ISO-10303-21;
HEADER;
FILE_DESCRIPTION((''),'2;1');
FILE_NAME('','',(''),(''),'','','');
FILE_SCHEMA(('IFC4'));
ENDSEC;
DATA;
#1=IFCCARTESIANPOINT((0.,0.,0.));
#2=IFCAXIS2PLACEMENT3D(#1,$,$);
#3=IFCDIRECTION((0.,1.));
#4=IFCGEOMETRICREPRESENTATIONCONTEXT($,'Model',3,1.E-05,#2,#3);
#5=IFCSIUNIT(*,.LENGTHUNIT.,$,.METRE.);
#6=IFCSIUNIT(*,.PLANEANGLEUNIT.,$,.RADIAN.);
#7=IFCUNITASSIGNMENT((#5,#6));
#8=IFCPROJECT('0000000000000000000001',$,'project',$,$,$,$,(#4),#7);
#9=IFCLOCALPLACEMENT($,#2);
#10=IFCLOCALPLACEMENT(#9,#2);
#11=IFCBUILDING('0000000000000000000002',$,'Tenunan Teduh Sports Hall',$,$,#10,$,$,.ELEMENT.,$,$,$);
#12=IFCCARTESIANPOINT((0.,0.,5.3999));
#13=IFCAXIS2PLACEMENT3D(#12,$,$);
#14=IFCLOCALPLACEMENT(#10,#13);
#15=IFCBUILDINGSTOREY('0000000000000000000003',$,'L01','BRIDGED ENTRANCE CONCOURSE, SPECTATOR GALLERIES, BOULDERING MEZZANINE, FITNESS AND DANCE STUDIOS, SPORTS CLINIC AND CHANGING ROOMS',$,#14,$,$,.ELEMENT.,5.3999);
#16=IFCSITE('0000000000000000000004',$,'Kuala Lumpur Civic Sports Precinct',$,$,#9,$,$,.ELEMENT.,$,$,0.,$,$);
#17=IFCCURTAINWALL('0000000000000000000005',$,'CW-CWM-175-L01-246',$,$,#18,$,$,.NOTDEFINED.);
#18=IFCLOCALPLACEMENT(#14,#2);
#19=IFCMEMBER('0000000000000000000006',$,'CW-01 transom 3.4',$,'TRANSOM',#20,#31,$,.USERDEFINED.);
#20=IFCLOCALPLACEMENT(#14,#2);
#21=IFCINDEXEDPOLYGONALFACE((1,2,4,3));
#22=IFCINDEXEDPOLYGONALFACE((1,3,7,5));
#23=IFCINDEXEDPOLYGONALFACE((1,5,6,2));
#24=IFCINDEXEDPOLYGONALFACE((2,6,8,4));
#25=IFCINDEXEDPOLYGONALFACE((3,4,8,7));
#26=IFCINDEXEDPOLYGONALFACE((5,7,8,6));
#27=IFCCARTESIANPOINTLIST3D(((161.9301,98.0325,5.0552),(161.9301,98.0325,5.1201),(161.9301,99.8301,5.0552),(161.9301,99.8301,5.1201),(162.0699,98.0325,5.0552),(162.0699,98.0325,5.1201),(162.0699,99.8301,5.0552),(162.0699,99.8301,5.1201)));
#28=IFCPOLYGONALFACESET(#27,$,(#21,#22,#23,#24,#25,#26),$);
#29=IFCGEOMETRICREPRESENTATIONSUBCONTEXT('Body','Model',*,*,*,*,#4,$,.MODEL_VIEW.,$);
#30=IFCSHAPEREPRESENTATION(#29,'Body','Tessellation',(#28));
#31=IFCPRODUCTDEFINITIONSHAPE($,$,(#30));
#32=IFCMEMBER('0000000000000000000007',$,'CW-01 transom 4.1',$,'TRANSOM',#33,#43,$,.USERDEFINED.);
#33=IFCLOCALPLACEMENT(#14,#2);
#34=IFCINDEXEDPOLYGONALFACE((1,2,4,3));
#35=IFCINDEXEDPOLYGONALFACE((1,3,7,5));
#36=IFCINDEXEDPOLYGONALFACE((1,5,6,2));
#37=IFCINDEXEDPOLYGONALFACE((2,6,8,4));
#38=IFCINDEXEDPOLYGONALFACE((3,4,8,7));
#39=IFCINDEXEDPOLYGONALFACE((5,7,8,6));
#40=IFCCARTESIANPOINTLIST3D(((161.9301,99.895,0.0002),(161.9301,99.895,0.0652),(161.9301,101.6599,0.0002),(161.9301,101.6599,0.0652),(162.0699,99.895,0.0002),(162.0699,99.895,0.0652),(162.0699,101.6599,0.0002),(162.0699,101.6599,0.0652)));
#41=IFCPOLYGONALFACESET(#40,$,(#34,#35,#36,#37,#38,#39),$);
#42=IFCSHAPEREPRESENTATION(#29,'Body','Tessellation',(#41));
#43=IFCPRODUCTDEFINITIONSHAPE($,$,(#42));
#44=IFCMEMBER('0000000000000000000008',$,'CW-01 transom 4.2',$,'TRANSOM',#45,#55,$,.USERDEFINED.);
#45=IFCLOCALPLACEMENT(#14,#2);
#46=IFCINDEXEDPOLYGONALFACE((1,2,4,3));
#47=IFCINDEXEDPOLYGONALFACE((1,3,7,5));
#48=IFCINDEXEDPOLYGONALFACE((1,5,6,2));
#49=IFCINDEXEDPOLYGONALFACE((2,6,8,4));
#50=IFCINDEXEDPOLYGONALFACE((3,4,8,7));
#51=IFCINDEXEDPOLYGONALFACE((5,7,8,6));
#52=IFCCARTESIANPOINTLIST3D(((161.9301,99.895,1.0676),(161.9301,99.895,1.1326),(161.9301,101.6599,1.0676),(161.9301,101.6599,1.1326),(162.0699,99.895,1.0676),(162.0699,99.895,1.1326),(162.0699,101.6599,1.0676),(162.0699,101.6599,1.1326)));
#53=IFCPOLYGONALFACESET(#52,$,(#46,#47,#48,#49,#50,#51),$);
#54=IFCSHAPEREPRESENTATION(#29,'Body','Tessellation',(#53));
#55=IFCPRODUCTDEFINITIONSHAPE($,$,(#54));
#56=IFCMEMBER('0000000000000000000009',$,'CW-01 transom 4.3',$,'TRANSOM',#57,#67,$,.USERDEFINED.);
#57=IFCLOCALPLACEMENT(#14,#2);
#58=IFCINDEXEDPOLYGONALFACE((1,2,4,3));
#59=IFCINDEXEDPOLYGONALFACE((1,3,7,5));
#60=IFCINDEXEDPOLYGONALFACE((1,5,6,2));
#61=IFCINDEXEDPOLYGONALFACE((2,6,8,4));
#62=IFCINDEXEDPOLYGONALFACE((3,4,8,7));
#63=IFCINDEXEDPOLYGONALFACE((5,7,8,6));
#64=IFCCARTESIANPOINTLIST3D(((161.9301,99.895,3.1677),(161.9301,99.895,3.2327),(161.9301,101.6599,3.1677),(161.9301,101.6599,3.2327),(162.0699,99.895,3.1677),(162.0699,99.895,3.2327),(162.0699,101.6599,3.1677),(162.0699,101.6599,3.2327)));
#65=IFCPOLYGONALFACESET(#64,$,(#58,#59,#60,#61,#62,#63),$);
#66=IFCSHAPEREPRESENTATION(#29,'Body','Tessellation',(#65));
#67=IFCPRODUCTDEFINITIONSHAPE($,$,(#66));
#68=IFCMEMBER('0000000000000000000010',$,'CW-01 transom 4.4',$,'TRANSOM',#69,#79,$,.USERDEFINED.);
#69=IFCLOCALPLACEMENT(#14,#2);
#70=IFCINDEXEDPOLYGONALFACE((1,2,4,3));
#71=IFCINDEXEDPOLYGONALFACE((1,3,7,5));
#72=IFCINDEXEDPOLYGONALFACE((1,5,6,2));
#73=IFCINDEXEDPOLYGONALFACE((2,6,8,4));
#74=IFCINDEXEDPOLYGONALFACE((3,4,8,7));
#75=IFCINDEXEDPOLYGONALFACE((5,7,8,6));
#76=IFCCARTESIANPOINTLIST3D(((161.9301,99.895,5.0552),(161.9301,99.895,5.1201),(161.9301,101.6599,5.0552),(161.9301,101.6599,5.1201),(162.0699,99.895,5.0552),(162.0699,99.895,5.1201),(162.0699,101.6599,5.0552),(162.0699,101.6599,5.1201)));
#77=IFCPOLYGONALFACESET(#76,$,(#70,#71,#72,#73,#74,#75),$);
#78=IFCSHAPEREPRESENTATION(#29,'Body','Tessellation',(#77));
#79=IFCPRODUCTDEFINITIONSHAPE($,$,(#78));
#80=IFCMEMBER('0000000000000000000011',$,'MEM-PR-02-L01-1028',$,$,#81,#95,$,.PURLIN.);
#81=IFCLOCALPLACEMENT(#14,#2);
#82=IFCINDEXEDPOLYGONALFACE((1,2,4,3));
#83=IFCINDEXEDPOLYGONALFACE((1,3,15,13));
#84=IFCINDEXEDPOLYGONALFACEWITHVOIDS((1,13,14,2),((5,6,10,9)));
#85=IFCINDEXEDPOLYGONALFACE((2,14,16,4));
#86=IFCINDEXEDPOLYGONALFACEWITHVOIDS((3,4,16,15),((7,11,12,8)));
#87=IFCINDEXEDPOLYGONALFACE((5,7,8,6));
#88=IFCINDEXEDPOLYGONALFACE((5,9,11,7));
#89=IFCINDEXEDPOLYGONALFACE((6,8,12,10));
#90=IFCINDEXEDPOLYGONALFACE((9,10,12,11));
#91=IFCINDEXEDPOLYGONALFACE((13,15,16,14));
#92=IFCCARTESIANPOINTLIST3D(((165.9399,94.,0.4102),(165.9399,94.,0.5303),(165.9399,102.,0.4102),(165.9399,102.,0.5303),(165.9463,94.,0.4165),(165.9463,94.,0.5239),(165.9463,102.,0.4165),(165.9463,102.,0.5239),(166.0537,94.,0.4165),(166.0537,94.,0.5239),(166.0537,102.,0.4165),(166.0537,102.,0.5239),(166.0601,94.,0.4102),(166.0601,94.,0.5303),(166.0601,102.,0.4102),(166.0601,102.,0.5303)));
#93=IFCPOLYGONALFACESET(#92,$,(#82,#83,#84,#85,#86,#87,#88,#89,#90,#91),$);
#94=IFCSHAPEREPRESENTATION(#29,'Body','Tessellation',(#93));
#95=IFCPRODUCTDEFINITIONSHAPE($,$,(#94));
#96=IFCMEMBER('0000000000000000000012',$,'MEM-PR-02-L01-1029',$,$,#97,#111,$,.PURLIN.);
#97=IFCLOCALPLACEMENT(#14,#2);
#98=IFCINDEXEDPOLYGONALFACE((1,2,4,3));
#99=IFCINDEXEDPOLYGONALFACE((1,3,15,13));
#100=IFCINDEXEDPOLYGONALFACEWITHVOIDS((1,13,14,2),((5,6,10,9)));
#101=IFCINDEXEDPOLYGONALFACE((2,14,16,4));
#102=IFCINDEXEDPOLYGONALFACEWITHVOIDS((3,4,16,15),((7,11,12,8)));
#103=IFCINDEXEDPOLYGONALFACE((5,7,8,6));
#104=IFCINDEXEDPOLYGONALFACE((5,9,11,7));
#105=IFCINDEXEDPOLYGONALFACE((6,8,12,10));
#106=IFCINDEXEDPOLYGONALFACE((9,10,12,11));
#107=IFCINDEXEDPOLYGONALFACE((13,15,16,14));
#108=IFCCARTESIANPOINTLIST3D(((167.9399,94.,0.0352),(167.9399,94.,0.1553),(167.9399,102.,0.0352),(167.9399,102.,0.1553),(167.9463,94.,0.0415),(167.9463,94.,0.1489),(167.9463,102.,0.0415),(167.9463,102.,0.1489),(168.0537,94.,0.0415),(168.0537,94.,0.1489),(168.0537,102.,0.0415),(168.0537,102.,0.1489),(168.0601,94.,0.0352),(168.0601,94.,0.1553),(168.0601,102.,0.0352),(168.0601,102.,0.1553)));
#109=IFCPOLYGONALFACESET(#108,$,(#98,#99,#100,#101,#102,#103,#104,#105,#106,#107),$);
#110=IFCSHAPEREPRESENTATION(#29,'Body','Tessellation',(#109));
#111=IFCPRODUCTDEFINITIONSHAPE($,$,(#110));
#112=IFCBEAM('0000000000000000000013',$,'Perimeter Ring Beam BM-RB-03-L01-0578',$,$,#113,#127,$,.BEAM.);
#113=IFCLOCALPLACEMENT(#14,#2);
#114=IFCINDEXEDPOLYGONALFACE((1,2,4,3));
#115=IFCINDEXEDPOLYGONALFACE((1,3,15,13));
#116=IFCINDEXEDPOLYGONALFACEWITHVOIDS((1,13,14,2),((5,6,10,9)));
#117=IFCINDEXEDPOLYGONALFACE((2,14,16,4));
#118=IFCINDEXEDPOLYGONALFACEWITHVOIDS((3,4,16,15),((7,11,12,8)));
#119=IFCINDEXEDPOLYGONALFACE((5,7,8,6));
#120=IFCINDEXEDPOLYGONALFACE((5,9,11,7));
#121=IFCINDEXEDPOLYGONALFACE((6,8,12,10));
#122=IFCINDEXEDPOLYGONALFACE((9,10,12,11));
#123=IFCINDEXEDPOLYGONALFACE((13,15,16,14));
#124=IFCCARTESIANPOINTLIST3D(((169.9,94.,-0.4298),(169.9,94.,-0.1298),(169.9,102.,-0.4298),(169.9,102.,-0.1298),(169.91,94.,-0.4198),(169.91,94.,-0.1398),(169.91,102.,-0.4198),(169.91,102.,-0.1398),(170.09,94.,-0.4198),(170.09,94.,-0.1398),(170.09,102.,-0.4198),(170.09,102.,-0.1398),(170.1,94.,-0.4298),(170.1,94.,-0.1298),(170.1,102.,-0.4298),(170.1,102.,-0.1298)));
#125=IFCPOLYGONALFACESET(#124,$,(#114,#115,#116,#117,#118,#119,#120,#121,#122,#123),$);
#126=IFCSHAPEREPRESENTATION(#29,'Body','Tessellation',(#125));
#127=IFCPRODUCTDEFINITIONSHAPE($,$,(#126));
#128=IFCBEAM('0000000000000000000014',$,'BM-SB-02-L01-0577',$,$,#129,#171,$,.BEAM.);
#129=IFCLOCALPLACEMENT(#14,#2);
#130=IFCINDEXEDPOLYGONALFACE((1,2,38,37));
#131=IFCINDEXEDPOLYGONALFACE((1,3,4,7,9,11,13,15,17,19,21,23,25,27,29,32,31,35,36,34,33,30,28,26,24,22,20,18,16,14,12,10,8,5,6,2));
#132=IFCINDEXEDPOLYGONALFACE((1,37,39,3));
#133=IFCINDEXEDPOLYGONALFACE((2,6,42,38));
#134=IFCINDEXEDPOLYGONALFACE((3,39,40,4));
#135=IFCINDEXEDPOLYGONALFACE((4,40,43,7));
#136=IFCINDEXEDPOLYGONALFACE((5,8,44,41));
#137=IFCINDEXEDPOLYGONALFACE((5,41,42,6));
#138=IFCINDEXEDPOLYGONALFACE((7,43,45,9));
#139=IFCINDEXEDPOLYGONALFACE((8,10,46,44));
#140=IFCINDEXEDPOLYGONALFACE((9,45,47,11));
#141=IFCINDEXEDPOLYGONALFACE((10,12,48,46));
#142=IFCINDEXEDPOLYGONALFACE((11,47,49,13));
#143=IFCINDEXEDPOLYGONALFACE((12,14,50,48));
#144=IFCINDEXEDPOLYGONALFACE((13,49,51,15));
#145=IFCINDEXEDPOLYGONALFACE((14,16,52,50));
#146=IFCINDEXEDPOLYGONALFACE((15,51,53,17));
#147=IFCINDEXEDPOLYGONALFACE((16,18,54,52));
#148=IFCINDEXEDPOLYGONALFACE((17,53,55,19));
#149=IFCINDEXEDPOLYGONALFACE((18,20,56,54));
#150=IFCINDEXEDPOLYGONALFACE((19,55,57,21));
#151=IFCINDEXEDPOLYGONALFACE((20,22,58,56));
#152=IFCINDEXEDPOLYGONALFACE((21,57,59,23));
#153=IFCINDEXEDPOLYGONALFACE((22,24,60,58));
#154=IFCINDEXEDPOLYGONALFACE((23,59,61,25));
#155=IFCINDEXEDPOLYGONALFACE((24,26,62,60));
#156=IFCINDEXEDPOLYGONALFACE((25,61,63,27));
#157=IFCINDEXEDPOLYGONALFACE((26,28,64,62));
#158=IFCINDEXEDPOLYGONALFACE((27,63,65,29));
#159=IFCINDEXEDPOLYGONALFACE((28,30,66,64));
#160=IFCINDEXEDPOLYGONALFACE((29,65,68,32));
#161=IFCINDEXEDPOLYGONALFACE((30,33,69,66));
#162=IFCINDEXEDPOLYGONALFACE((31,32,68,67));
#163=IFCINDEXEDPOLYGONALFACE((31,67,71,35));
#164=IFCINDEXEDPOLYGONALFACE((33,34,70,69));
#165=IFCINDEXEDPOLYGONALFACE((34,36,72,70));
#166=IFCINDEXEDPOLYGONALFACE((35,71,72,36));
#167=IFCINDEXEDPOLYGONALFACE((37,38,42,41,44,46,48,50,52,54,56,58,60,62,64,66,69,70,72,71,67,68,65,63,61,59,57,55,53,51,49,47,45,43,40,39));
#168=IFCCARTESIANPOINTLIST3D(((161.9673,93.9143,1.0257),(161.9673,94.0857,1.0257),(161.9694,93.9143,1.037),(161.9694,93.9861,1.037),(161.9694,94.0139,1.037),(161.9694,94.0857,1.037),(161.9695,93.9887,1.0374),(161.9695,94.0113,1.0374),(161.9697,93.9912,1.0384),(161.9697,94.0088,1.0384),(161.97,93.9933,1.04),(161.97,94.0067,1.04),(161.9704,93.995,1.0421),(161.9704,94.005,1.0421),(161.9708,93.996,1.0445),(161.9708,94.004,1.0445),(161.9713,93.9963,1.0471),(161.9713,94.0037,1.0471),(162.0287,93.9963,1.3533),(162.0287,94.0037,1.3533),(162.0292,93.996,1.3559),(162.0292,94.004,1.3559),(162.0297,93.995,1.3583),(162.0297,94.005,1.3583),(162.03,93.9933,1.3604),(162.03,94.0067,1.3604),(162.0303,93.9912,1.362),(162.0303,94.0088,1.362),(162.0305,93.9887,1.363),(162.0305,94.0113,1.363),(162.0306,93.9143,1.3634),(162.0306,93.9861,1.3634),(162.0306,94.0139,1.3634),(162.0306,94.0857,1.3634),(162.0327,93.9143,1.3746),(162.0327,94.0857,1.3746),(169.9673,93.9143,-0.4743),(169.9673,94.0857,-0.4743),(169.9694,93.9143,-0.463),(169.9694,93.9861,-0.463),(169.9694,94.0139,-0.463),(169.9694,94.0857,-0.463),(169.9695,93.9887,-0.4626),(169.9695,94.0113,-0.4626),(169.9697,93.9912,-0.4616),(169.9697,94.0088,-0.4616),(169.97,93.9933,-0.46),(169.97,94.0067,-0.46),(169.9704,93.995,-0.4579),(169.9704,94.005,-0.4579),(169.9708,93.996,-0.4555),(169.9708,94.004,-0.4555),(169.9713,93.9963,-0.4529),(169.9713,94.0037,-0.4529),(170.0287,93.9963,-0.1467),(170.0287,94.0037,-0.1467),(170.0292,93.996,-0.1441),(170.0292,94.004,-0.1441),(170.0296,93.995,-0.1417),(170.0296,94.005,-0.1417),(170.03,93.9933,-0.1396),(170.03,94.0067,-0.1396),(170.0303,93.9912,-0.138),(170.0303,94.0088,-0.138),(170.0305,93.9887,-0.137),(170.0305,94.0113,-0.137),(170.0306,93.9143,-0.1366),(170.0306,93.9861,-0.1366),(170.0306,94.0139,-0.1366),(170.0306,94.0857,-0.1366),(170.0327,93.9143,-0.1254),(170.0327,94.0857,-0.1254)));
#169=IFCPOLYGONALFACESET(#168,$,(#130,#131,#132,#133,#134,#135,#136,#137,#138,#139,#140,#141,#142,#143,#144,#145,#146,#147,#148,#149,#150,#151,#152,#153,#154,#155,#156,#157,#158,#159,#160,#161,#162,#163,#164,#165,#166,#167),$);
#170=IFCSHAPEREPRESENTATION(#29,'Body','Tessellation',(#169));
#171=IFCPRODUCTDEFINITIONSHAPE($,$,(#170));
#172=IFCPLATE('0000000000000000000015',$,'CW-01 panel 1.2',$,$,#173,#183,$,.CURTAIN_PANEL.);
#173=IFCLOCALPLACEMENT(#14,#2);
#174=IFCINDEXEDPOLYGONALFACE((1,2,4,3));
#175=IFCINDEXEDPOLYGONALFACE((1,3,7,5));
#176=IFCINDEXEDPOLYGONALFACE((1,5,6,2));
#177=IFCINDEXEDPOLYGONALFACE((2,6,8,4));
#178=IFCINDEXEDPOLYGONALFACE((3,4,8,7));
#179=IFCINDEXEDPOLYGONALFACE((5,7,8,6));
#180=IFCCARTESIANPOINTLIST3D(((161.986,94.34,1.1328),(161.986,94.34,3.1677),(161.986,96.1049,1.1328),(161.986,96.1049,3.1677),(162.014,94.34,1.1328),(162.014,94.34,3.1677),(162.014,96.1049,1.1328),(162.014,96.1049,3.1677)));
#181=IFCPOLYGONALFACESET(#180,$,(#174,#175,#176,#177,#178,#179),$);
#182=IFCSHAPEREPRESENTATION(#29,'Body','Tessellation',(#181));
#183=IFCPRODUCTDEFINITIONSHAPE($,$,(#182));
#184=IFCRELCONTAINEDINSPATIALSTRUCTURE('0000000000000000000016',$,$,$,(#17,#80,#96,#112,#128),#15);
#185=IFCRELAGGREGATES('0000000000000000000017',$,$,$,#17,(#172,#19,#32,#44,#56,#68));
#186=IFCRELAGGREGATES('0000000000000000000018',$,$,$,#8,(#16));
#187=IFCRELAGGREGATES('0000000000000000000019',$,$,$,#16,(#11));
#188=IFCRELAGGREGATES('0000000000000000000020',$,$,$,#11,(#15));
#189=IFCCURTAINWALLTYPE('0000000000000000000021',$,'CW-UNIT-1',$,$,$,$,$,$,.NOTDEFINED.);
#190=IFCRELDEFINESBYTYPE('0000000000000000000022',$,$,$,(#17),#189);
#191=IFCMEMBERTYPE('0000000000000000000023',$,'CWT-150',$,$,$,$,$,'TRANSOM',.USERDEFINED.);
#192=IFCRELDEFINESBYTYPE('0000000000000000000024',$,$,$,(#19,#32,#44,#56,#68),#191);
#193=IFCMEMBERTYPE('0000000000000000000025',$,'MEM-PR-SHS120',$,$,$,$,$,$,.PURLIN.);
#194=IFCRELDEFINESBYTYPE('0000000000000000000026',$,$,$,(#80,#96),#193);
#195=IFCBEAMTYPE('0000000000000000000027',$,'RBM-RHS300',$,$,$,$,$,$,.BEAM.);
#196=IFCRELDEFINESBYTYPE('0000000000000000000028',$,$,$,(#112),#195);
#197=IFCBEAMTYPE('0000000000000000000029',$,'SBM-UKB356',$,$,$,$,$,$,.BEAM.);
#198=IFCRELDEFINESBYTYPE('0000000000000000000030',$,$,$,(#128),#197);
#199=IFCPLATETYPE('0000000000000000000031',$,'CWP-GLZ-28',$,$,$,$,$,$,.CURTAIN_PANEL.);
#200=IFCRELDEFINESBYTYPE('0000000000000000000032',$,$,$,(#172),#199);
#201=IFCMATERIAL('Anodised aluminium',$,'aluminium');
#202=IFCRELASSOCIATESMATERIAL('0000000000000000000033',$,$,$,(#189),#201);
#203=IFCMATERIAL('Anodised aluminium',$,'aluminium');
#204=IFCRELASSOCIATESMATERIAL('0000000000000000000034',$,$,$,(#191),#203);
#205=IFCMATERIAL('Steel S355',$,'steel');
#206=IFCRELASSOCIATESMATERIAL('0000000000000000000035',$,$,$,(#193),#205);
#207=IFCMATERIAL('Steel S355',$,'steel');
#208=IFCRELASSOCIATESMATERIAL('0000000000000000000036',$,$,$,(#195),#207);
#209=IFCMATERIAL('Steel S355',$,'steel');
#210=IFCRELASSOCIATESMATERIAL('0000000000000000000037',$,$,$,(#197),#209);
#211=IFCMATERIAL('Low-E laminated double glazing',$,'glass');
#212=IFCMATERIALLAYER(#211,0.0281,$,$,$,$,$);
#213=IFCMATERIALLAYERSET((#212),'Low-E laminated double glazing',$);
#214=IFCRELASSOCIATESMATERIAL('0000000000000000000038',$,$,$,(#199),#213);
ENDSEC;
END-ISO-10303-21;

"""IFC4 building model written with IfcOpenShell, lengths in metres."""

from ifc_helpers import new_model, si_unit, direction, frame, origin, origin_2d, place, context, subcontext, project, spatial, rectangle, hollow_rectangle, i_section, extrude, material, layer, layer_set, material_profile, profile_set, type_object, element, aggregate, save


model = new_model("IFC4")

# Units and contexts
model_context = context("Model", 3, precision=1e-05, world=origin(), true_north=direction((0.0, 1.0)))
body_context = subcontext(model_context, "Body", "Model", "MODEL_VIEW")
ifc_project = project(units=[si_unit("LENGTHUNIT", "METRE"), si_unit("PLANEANGLEUNIT", "RADIAN")], contexts=[model_context])

# Site, building, storey
site_placement = place(None, origin())
site = spatial("IfcSite", under=ifc_project, at=site_placement, Name="Kuala Lumpur Civic Sports Precinct", CompositionType="ELEMENT", RefElevation=0.0)
building_placement = place(site_placement, origin())
building = spatial("IfcBuilding", under=site, at=building_placement, Name="Tenunan Teduh Sports Hall", CompositionType="ELEMENT")
storey_placement = place(building_placement, frame((0.0, 0.0, 5.3999)))
storey = spatial("IfcBuildingStorey", under=building, at=storey_placement, Name="L01", Description="BRIDGED ENTRANCE CONCOURSE, SPECTATOR GALLERIES, BOULDERING MEZZANINE, FITNESS AND DANCE STUDIOS, SPORTS CLINIC AND CHANGING ROOMS", CompositionType="ELEMENT", Elevation=5.3999)

# Curtain wall, members
ifc_material_1 = material(Name="Anodised aluminium", Category="aluminium")
curtain_wall_type = type_object("IfcCurtainWallType", Name="CW-UNIT-1", PredefinedType="NOTDEFINED", material=ifc_material_1)
curtain_wall_placement = place(storey_placement, origin())
curtain_wall = element("IfcCurtainWall", 1, at=curtain_wall_placement, inside=storey, type_object=curtain_wall_type, Name="CW-CWM-175-L01-246", PredefinedType="NOTDEFINED")
ifc_material_2 = material(Name="Anodised aluminium", Category="aluminium")
ifc_material_profile_1 = material_profile(ifc_material_2, rectangle(XDim=0.0649, YDim=0.1399, at=origin_2d()), Name="CWT 65x140")
ifc_profile_set_1 = profile_set([ifc_material_profile_1], Name="Anodised aluminium")
member_type_1 = type_object("IfcMemberType", Name="CWT-150", ElementType="TRANSOM", PredefinedType="USERDEFINED", material=ifc_profile_set_1)
member_1_placement = place(storey_placement, frame((162.0, 98.0325, 5.0876), z_axis=(0.0, 1.0, 0.0), x_axis=(0.0, 0.0, 1.0)))
member_1 = element("IfcMember", 2, at=member_1_placement, type_object=member_type_1, Name="CW-01 transom 3.4", ObjectType="TRANSOM", PredefinedType="USERDEFINED", context=body_context, shape_type="SweptSolid", body=[
    extrude(rectangle(XDim=0.0649, YDim=0.1399, at=origin_2d()), origin(), (0.0, 0.0, 1.0), 1.7976),
])
member_2_placement = place(storey_placement, frame((162.0, 99.895, 0.0327), z_axis=(0.0, 1.0, 0.0), x_axis=(0.0, 0.0, 1.0)))
member_2 = element("IfcMember", 3, at=member_2_placement, type_object=member_type_1, Name="CW-01 transom 4.1", ObjectType="TRANSOM", PredefinedType="USERDEFINED", context=body_context, shape_type="SweptSolid", body=[
    extrude(rectangle(XDim=0.0649, YDim=0.1399, at=origin_2d()), origin(), (0.0, 0.0, 1.0), 1.7649),
])
member_3_placement = place(storey_placement, frame((162.0, 99.895, 1.1001), z_axis=(0.0, 1.0, 0.0), x_axis=(0.0, 0.0, 1.0)))
member_3 = element("IfcMember", 4, at=member_3_placement, type_object=member_type_1, Name="CW-01 transom 4.2", ObjectType="TRANSOM", PredefinedType="USERDEFINED", context=body_context, shape_type="SweptSolid", body=[
    extrude(rectangle(XDim=0.0649, YDim=0.1399, at=origin_2d()), origin(), (0.0, 0.0, 1.0), 1.7649),
])
member_4_placement = place(storey_placement, frame((162.0, 99.895, 3.2002), z_axis=(0.0, 1.0, 0.0), x_axis=(0.0, 0.0, 1.0)))
member_4 = element("IfcMember", 5, at=member_4_placement, type_object=member_type_1, Name="CW-01 transom 4.3", ObjectType="TRANSOM", PredefinedType="USERDEFINED", context=body_context, shape_type="SweptSolid", body=[
    extrude(rectangle(XDim=0.0649, YDim=0.1399, at=origin_2d()), origin(), (0.0, 0.0, 1.0), 1.7649),
])
member_5_placement = place(storey_placement, frame((162.0, 99.895, 5.0876), z_axis=(0.0, 1.0, 0.0), x_axis=(0.0, 0.0, 1.0)))
member_5 = element("IfcMember", 6, at=member_5_placement, type_object=member_type_1, Name="CW-01 transom 4.4", ObjectType="TRANSOM", PredefinedType="USERDEFINED", context=body_context, shape_type="SweptSolid", body=[
    extrude(rectangle(XDim=0.0649, YDim=0.1399, at=origin_2d()), origin(), (0.0, 0.0, 1.0), 1.7649),
])

# Members
ifc_material_3 = material(Name="Steel S355", Category="steel")
ifc_material_profile_2 = material_profile(ifc_material_3, hollow_rectangle(XDim=0.1201, YDim=0.1201, WallThickness=0.0063, at=origin_2d()), Name="SHS 120x120x6.3")
ifc_profile_set_2 = profile_set([ifc_material_profile_2], Name="Steel S355")
member_type_2 = type_object("IfcMemberType", Name="MEM-PR-SHS120", PredefinedType="PURLIN", material=ifc_profile_set_2)
for number, where, z_axis, x_axis, name in (
    (7, (166.0, 94.0, 0.4702), (0.0, 1.0, 0.0), (-1.0, 0.0, 0.0), "MEM-PR-02-L01-1028"),
    (8, (168.0, 94.0, 0.0952), (0.0, 1.0, 0.0), (-1.0, 0.0, 0.0), "MEM-PR-02-L01-1029"),
):
    element("IfcMember", number, at=place(storey_placement, frame(where, z_axis=z_axis, x_axis=x_axis)), inside=storey, type_object=member_type_2, Name=name, PredefinedType="PURLIN", context=body_context, shape_type="SweptSolid", body=[
        extrude(hollow_rectangle(XDim=0.1201, YDim=0.1201, WallThickness=0.0063, at=origin_2d()), origin(), (0.0, 0.0, 1.0), 8.0),
    ])

# Beams
ifc_material_4 = material(Name="Steel S355", Category="steel")
ifc_material_profile_3 = material_profile(ifc_material_4, hollow_rectangle(XDim=0.2, YDim=0.3, WallThickness=0.01, at=origin_2d()), Name="RHS 300x200x10.0")
ifc_profile_set_3 = profile_set([ifc_material_profile_3], Name="Steel S355")
beam_type_1 = type_object("IfcBeamType", Name="RBM-RHS300", PredefinedType="BEAM", material=ifc_profile_set_3)
beam_1_placement = place(storey_placement, frame((170.0, 94.0, -0.2798), z_axis=(0.0, 1.0, 0.0), x_axis=(-1.0, 0.0, 0.0)))
element("IfcBeam", 9, at=beam_1_placement, inside=storey, type_object=beam_type_1, Name="Perimeter Ring Beam BM-RB-03-L01-0578", PredefinedType="BEAM", context=body_context, shape_type="SweptSolid", body=[
    extrude(hollow_rectangle(XDim=0.2, YDim=0.3, WallThickness=0.01, at=origin_2d()), origin(), (0.0, 0.0, 1.0), 8.0),
])
ifc_material_5 = material(Name="Steel S355", Category="steel")
ifc_material_profile_4 = material_profile(ifc_material_5, i_section(OverallWidth=0.1714, OverallDepth=0.355, WebThickness=0.0073, FlangeThickness=0.0115, FilletRadius=0.0103, at=origin_2d()), Name="UKB 356x171x51")
ifc_profile_set_4 = profile_set([ifc_material_profile_4], Name="Steel S355")
beam_type_2 = type_object("IfcBeamType", Name="SBM-UKB356", PredefinedType="BEAM", material=ifc_profile_set_4)
beam_2_placement = place(storey_placement, frame((170.0, 94.0, -0.2998), z_axis=(-0.982872, 0.0, 0.184289), x_axis=(0.0, -1.0, 0.0)))
element("IfcBeam", 10, at=beam_2_placement, inside=storey, type_object=beam_type_2, Name="BM-SB-02-L01-0577", PredefinedType="BEAM", context=body_context, shape_type="SweptSolid", body=[
    extrude(i_section(OverallWidth=0.1714, OverallDepth=0.355, WebThickness=0.0073, FlangeThickness=0.0115, FilletRadius=0.0103, at=origin_2d()), origin(), (0.0, 0.0, 1.0), 8.1394),
])

# Plate
ifc_material_6 = material(Name="Low-E laminated double glazing", Category="glass")
ifc_layer_1 = layer(ifc_material_6, 0.0281)
ifc_layer_set_1 = layer_set([ifc_layer_1], Name="Low-E laminated double glazing")
plate_type_1 = type_object("IfcPlateType", Name="CWP-GLZ-28", PredefinedType="CURTAIN_PANEL", material=ifc_layer_set_1)
plate_1_placement = place(storey_placement, frame((162.0, 95.2224, 1.1328), z_axis=(0.0, 0.0, 1.0), x_axis=(0.0, 1.0, 0.0)))
plate_1 = element("IfcPlate", 11, at=plate_1_placement, type_object=plate_type_1, Name="CW-01 panel 1.2", PredefinedType="CURTAIN_PANEL", context=body_context, shape_type="SweptSolid", body=[
    extrude(rectangle(XDim=1.7649, YDim=0.0281, at=origin_2d()), origin(), (0.0, 0.0, 1.0), 2.0349),
])
aggregate(curtain_wall, [plate_1, member_1, member_2, member_3, member_4, member_5])

save(model, "model.ifc")
